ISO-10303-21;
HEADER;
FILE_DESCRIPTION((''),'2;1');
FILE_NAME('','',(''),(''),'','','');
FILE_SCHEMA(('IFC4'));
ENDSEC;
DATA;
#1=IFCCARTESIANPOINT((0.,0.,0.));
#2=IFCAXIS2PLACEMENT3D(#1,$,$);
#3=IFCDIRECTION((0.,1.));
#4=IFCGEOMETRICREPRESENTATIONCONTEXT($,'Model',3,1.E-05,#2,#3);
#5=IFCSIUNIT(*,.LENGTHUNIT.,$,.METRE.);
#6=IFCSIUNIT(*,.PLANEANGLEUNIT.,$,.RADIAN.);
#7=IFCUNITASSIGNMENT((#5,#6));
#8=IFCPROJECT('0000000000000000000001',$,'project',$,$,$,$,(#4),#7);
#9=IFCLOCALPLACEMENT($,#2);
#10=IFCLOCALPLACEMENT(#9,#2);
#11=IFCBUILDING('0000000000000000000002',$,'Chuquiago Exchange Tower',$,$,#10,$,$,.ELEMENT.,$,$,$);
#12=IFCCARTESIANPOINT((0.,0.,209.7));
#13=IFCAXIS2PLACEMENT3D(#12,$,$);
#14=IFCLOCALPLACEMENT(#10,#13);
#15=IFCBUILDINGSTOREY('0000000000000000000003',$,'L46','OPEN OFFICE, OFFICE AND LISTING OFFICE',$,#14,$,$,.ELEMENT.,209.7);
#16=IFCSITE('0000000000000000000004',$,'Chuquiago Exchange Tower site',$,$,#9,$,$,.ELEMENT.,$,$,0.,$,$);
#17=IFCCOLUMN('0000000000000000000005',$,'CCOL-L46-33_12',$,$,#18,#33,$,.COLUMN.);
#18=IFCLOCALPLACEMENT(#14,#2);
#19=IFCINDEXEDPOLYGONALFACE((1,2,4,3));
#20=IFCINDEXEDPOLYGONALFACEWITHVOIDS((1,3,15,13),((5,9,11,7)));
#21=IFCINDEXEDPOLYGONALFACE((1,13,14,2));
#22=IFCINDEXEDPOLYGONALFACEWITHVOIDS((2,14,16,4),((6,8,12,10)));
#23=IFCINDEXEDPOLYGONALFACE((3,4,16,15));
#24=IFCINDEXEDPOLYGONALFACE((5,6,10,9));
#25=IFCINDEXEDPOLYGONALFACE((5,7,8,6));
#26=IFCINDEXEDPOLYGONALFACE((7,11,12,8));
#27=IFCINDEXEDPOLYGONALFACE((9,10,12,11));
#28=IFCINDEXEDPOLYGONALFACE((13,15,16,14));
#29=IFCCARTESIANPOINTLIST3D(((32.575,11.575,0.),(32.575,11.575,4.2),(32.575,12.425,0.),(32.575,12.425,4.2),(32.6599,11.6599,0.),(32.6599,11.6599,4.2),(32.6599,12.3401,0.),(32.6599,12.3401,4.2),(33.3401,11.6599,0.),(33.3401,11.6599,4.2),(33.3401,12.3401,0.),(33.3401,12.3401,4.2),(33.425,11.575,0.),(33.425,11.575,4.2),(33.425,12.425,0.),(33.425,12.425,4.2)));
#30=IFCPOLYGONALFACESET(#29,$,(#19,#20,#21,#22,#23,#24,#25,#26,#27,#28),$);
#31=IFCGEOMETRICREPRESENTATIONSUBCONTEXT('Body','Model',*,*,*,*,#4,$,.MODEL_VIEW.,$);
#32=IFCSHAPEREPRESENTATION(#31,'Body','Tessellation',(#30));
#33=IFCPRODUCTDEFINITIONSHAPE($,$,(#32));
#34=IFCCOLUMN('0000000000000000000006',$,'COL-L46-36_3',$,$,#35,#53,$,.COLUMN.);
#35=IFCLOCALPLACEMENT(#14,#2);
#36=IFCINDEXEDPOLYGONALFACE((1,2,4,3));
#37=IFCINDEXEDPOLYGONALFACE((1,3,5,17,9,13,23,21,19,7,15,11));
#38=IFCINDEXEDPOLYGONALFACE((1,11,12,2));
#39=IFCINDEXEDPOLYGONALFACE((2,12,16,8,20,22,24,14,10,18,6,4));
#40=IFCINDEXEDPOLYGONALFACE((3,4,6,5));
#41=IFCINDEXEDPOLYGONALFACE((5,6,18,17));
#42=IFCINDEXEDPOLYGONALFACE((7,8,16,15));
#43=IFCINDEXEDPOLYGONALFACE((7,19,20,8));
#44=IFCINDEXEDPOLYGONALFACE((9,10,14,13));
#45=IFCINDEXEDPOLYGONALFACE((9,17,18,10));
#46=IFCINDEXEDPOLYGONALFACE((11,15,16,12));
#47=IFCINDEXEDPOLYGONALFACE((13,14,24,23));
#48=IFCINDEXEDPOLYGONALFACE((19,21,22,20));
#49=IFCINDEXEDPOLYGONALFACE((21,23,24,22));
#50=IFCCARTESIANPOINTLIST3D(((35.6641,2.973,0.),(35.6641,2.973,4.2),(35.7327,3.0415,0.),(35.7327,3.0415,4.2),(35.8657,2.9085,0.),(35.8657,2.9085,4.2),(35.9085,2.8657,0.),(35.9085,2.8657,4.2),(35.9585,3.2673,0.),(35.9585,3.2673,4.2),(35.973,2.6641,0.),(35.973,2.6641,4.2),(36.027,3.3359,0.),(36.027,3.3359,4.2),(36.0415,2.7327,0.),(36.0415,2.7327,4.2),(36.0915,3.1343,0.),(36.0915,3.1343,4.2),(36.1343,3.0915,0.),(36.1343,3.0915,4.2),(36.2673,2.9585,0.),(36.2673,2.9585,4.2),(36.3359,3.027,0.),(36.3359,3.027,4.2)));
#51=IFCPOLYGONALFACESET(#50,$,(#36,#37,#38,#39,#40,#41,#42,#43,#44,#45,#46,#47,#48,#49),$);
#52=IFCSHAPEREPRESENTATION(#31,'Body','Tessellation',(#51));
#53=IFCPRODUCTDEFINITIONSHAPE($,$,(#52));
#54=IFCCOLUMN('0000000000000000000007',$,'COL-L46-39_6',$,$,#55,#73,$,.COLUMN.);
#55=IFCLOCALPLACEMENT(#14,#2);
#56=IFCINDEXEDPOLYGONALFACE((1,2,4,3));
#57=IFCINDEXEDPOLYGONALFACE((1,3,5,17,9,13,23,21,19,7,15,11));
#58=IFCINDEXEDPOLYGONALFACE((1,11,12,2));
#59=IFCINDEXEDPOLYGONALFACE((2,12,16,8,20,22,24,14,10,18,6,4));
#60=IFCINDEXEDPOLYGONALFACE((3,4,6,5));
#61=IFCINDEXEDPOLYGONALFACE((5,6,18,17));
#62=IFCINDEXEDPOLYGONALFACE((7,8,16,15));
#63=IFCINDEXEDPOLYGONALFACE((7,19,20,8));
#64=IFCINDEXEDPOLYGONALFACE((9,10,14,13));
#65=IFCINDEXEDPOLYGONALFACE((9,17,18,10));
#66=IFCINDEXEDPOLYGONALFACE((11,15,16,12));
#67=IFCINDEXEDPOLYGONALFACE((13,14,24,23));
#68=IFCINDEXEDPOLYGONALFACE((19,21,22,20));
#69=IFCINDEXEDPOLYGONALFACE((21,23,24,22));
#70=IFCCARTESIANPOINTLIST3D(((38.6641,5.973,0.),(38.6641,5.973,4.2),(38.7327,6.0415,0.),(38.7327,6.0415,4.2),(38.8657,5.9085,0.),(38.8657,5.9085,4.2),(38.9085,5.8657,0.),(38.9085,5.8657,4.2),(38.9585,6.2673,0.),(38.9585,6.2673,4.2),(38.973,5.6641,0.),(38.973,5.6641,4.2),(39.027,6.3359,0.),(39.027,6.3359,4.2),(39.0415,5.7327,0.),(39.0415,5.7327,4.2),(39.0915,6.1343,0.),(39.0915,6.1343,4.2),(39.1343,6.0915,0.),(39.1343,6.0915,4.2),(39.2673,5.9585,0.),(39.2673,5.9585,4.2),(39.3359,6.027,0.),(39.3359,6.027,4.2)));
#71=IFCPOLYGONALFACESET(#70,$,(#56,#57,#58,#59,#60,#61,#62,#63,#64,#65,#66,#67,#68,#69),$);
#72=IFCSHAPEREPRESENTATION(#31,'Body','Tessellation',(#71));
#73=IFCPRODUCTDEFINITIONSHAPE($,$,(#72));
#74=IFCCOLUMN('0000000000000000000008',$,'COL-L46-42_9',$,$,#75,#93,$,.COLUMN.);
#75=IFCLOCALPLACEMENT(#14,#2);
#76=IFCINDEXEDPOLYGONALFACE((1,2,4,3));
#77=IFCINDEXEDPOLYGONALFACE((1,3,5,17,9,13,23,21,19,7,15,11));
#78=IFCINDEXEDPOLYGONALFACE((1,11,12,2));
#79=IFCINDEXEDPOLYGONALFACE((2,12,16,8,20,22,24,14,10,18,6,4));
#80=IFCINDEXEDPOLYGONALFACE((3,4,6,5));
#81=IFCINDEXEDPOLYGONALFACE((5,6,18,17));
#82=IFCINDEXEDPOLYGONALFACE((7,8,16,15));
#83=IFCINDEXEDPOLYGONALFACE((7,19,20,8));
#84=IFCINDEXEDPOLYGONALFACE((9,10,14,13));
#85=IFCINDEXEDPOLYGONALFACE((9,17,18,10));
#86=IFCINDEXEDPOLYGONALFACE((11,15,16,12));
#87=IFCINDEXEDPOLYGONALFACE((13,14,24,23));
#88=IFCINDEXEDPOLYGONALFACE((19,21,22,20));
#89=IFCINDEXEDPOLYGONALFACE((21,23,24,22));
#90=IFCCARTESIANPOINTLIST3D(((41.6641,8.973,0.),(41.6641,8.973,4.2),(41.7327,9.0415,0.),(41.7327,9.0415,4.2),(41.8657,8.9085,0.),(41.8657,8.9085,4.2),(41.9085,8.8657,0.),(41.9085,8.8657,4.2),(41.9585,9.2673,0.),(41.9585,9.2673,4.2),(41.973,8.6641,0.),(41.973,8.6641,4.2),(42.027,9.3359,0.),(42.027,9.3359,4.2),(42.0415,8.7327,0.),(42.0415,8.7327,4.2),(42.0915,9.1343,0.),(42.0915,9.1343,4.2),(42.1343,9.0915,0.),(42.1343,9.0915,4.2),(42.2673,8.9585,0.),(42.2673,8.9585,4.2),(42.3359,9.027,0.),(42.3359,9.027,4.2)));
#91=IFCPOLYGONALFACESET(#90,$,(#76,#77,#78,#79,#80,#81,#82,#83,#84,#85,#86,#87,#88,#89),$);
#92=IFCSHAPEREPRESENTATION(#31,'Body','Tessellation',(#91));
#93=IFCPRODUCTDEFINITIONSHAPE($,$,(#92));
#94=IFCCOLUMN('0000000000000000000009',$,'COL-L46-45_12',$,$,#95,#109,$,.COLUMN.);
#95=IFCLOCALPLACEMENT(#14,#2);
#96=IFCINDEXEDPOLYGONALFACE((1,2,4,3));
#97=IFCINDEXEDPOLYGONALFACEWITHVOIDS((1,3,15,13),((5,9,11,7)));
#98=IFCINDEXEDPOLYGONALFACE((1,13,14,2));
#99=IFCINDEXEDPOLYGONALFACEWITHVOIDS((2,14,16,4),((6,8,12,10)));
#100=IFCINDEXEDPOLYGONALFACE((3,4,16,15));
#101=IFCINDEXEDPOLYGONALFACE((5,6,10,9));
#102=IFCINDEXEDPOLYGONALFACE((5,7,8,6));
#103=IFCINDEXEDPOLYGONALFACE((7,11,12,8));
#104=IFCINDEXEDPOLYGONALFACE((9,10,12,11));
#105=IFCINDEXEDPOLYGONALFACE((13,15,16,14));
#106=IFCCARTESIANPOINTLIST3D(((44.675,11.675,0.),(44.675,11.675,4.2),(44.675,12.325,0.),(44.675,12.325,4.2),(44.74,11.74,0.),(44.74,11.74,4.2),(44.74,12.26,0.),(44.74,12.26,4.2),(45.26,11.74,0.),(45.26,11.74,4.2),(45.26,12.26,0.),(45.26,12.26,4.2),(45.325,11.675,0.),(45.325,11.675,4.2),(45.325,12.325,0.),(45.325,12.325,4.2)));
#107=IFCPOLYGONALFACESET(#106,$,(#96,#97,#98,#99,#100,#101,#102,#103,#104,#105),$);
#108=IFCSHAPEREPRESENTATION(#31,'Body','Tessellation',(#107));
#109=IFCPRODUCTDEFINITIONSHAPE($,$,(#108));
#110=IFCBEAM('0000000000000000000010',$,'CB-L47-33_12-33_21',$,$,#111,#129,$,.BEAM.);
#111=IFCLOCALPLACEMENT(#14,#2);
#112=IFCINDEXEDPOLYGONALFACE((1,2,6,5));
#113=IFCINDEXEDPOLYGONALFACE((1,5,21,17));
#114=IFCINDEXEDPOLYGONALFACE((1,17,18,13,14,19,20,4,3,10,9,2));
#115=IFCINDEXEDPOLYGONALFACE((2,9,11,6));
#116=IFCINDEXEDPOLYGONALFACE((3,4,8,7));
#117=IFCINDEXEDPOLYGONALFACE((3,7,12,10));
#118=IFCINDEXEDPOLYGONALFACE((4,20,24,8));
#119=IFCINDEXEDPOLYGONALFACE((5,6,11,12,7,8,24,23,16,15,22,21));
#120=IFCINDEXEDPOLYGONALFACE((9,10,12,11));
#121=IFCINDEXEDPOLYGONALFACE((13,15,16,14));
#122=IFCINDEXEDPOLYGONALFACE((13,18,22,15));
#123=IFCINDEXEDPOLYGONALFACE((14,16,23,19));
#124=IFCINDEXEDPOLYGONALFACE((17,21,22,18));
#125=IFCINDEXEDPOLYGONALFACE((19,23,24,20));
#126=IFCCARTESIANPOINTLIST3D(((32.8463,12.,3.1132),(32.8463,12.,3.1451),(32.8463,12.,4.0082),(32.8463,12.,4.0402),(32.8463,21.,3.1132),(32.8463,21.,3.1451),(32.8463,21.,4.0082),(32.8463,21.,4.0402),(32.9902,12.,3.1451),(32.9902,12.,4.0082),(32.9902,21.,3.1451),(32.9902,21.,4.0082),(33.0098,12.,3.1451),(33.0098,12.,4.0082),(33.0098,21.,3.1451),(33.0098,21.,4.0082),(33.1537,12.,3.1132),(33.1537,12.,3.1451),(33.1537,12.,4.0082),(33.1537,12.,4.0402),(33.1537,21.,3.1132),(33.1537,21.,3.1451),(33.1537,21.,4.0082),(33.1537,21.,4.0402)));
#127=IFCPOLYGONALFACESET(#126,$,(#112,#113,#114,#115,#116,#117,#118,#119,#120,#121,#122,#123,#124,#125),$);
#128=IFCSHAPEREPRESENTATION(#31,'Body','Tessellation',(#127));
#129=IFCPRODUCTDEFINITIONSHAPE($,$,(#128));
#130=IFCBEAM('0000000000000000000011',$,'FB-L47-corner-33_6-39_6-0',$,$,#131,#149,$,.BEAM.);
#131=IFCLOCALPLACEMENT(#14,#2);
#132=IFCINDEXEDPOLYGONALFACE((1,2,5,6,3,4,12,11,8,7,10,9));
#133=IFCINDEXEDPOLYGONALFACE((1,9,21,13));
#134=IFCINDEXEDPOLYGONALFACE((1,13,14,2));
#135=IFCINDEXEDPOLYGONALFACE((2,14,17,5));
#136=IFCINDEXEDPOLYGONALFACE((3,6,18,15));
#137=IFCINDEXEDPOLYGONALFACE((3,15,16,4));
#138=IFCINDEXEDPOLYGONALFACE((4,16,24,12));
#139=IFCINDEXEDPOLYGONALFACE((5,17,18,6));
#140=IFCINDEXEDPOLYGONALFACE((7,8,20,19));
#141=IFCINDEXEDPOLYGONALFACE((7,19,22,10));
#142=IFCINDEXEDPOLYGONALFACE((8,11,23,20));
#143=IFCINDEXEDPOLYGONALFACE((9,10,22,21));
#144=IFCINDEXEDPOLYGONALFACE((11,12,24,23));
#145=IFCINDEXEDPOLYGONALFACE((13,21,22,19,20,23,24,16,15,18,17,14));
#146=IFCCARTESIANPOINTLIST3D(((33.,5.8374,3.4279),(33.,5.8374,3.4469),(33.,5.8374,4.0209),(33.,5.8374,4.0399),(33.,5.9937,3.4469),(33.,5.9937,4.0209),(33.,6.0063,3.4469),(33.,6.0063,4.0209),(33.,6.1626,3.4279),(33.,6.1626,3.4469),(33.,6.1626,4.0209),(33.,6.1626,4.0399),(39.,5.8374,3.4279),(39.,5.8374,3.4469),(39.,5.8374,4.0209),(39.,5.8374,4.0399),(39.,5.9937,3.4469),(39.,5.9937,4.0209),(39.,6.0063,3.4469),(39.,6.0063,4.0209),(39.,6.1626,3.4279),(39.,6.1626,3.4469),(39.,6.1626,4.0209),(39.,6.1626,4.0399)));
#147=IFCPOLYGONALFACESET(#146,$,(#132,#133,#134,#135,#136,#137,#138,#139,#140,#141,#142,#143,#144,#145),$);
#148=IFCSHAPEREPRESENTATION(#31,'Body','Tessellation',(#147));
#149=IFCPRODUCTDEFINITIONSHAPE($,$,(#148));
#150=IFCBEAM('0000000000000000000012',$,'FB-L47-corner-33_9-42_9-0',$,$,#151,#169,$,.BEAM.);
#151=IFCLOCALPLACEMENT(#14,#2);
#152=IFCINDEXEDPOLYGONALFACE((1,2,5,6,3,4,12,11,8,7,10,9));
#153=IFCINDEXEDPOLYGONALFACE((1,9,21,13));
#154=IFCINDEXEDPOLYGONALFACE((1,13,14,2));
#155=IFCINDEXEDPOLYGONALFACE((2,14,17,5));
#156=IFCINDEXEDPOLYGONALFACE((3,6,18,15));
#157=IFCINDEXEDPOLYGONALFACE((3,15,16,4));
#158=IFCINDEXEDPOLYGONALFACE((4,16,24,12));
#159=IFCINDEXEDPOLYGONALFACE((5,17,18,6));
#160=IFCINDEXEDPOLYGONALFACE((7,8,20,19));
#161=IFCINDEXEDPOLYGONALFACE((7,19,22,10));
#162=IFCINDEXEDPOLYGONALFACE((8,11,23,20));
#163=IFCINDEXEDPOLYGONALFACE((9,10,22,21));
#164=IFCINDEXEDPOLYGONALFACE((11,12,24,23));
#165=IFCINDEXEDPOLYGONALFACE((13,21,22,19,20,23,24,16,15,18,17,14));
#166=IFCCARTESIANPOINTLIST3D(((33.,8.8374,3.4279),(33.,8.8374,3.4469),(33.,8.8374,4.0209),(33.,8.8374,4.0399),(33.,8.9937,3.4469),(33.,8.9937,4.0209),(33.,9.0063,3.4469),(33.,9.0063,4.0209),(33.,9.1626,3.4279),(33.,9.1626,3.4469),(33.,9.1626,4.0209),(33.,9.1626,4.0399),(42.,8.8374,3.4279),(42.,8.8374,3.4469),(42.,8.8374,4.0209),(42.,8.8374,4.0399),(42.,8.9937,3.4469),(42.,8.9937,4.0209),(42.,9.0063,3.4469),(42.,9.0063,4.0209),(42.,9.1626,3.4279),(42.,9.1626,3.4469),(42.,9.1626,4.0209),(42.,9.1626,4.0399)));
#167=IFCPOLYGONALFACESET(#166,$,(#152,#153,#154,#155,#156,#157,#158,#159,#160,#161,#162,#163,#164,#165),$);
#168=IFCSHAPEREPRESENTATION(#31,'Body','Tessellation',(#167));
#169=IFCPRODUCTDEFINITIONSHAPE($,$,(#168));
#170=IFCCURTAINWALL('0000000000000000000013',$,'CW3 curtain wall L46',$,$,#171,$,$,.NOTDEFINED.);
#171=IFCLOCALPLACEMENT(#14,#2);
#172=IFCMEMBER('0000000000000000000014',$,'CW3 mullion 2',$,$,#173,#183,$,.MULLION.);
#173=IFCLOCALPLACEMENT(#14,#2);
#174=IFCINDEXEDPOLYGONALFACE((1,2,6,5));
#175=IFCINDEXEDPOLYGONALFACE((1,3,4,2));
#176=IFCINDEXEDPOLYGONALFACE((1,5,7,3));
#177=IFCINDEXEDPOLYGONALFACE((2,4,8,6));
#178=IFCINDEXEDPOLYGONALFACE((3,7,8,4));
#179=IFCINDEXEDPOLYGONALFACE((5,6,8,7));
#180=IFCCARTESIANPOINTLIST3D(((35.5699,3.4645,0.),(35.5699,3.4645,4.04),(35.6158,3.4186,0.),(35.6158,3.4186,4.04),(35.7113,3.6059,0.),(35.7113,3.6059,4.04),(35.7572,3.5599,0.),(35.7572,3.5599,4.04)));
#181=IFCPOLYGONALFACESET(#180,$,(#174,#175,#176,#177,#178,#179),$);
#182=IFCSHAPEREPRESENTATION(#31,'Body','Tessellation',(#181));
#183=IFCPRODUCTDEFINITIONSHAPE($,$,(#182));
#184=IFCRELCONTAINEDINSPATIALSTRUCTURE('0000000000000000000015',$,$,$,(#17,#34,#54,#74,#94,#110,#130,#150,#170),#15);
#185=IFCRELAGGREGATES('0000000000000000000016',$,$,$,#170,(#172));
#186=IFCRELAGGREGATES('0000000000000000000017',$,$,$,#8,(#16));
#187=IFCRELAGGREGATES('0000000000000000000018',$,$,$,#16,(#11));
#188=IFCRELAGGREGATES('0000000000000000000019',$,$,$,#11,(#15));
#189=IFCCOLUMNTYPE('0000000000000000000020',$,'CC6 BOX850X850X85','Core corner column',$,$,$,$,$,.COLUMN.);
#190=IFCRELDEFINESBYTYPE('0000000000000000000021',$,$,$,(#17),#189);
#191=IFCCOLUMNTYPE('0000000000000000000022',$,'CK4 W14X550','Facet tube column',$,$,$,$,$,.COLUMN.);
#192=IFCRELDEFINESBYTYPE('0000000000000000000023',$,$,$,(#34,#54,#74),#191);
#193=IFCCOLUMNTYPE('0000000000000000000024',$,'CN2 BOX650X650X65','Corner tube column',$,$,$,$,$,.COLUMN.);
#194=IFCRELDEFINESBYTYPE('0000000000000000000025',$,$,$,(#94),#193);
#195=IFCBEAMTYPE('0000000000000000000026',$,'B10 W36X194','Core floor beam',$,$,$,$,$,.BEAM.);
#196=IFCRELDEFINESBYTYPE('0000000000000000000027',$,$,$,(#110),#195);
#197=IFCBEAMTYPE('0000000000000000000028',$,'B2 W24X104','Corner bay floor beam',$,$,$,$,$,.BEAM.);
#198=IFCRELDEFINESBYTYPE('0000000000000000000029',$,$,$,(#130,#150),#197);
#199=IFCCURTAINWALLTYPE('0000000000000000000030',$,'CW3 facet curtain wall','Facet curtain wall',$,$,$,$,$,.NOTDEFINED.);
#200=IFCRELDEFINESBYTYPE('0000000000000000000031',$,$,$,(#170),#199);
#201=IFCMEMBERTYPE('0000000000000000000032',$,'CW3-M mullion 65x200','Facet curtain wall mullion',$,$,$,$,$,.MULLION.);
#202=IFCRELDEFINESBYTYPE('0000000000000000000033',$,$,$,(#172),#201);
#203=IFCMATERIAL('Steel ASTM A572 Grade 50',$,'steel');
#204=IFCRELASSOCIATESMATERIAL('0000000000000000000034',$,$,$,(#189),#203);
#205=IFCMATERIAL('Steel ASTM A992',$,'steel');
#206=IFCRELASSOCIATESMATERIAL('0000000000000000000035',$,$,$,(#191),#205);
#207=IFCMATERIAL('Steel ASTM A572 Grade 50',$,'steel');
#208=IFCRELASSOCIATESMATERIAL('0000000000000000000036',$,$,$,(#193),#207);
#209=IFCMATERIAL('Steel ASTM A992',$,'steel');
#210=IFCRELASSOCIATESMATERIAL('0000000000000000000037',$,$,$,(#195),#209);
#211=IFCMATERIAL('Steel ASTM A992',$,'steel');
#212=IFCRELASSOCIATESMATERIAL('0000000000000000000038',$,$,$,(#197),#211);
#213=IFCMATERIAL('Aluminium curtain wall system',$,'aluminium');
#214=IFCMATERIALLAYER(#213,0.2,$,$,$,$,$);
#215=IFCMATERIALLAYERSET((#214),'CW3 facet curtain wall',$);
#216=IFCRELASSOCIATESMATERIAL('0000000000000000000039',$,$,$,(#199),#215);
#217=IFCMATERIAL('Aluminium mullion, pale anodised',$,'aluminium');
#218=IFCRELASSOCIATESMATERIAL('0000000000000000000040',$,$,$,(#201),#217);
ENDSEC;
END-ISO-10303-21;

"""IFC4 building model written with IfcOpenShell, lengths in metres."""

from ifc_helpers import new_model, si_unit, direction, frame, origin, origin_2d, place, context, subcontext, project, spatial, rectangle, hollow_rectangle, i_section, extrude, material, layer, layer_set, material_profile, profile_set, type_object, element, aggregate, save


model = new_model("IFC4")

# Units and contexts
model_context = context("Model", 3, precision=1e-05, world=origin(), true_north=direction((0.0, 1.0)))
body_context = subcontext(model_context, "Body", "Model", "MODEL_VIEW")
ifc_project = project(units=[si_unit("LENGTHUNIT", "METRE"), si_unit("PLANEANGLEUNIT", "RADIAN")], contexts=[model_context])

# Site, building, storey
site_placement = place(None, origin())
site = spatial("IfcSite", under=ifc_project, at=site_placement, Name="Chuquiago Exchange Tower site", CompositionType="ELEMENT", RefElevation=0.0)
building_placement = place(site_placement, origin())
building = spatial("IfcBuilding", under=site, at=building_placement, Name="Chuquiago Exchange Tower", CompositionType="ELEMENT")
storey_placement = place(building_placement, frame((0.0, 0.0, 209.7)))
storey = spatial("IfcBuildingStorey", under=building, at=storey_placement, Name="L46", Description="OPEN OFFICE, OFFICE AND LISTING OFFICE", CompositionType="ELEMENT", Elevation=209.7)

# Columns
ifc_material_1 = material(Name="Steel ASTM A572 Grade 50", Category="steel")
ifc_material_profile_1 = material_profile(ifc_material_1, hollow_rectangle(XDim=0.8501, YDim=0.8501, WallThickness=0.085, at=origin_2d()), Name="BOX850X850X85")
ifc_profile_set_1 = profile_set([ifc_material_profile_1], Name="Steel ASTM A572 Grade 50")
column_type_1 = type_object("IfcColumnType", Name="CC6 BOX850X850X85", Description="Core corner column", PredefinedType="COLUMN", material=ifc_profile_set_1)
column_1_placement = place(storey_placement, frame((33.0, 12.0, 0.0), z_axis=(0.0, 0.0, 1.0), x_axis=(1.0, 0.0, 0.0)))
element("IfcColumn", 1, at=column_1_placement, inside=storey, type_object=column_type_1, Name="CCOL-L46-33_12", PredefinedType="COLUMN", context=body_context, shape_type="SweptSolid", body=[
    extrude(hollow_rectangle(XDim=0.8501, YDim=0.8501, WallThickness=0.085, at=origin_2d()), origin(), (0.0, 0.0, 1.0), 4.2),
])
ifc_material_2 = material(Name="Steel ASTM A992", Category="steel")
ifc_material_profile_2 = material_profile(ifc_material_2, i_section(OverallWidth=0.4368, OverallDepth=0.5132, WebThickness=0.0605, FlangeThickness=0.0969, at=origin_2d()), Name="W14X550")
ifc_profile_set_2 = profile_set([ifc_material_profile_2], Name="Steel ASTM A992")
column_type_2 = type_object("IfcColumnType", Name="CK4 W14X550", Description="Facet tube column", PredefinedType="COLUMN", material=ifc_profile_set_2)
for number, where, z_axis, x_axis, name in (
    (2, (36.0, 3.0, 0.0), (0.0, 0.0, 1.0), (0.707107, -0.707107, 0.0), "COL-L46-36_3"),
    (3, (39.0, 6.0, 0.0), (0.0, 0.0, 1.0), (0.707107, -0.707107, 0.0), "COL-L46-39_6"),
    (4, (42.0, 9.0, 0.0), (0.0, 0.0, 1.0), (0.707107, -0.707107, 0.0), "COL-L46-42_9"),
):
    element("IfcColumn", number, at=place(storey_placement, frame(where, z_axis=z_axis, x_axis=x_axis)), inside=storey, type_object=column_type_2, Name=name, PredefinedType="COLUMN", context=body_context, shape_type="SweptSolid", body=[
        extrude(i_section(OverallWidth=0.4368, OverallDepth=0.5132, WebThickness=0.0605, FlangeThickness=0.0969, at=origin_2d()), origin(), (0.0, 0.0, 1.0), 4.2),
    ])
ifc_material_3 = material(Name="Steel ASTM A572 Grade 50", Category="steel")
ifc_material_profile_3 = material_profile(ifc_material_3, hollow_rectangle(XDim=0.6499, YDim=0.6499, WallThickness=0.0649, at=origin_2d()), Name="BOX650X650X65")
ifc_profile_set_3 = profile_set([ifc_material_profile_3], Name="Steel ASTM A572 Grade 50")
column_type_3 = type_object("IfcColumnType", Name="CN2 BOX650X650X65", Description="Corner tube column", PredefinedType="COLUMN", material=ifc_profile_set_3)
column_2_placement = place(storey_placement, frame((45.0, 12.0, 0.0), z_axis=(0.0, 0.0, 1.0), x_axis=(1.0, 0.0, 0.0)))
element("IfcColumn", 5, at=column_2_placement, inside=storey, type_object=column_type_3, Name="COL-L46-45_12", PredefinedType="COLUMN", context=body_context, shape_type="SweptSolid", body=[
    extrude(hollow_rectangle(XDim=0.6499, YDim=0.6499, WallThickness=0.0649, at=origin_2d()), origin(), (0.0, 0.0, 1.0), 4.2),
])

# Beams
ifc_material_4 = material(Name="Steel ASTM A992", Category="steel")
ifc_material_profile_4 = material_profile(ifc_material_4, i_section(OverallWidth=0.3074, OverallDepth=0.927, WebThickness=0.0195, FlangeThickness=0.032, at=origin_2d()), Name="W36X194")
ifc_profile_set_4 = profile_set([ifc_material_profile_4], Name="Steel ASTM A992")
beam_type_1 = type_object("IfcBeamType", Name="B10 W36X194", Description="Core floor beam", PredefinedType="BEAM", material=ifc_profile_set_4)
beam_1_placement = place(storey_placement, frame((33.0, 12.0, 3.5767), z_axis=(0.0, 1.0, 0.0), x_axis=(-1.0, 0.0, 0.0)))
element("IfcBeam", 6, at=beam_1_placement, inside=storey, type_object=beam_type_1, Name="CB-L47-33_12-33_21", PredefinedType="BEAM", context=body_context, shape_type="SweptSolid", body=[
    extrude(i_section(OverallWidth=0.3074, OverallDepth=0.927, WebThickness=0.0195, FlangeThickness=0.032, at=origin_2d()), origin(), (0.0, 0.0, 1.0), 9.0),
])
ifc_material_5 = material(Name="Steel ASTM A992", Category="steel")
ifc_material_profile_5 = material_profile(ifc_material_5, i_section(OverallWidth=0.3252, OverallDepth=0.6121, WebThickness=0.0127, FlangeThickness=0.019, at=origin_2d()), Name="W24X104")
ifc_profile_set_5 = profile_set([ifc_material_profile_5], Name="Steel ASTM A992")
beam_type_2 = type_object("IfcBeamType", Name="B2 W24X104", Description="Corner bay floor beam", PredefinedType="BEAM", material=ifc_profile_set_5)
beam_2_placement = place(storey_placement, frame((33.0, 6.0, 3.7339), z_axis=(1.0, 0.0, 0.0), x_axis=(0.0, 1.0, 0.0)))
element("IfcBeam", 7, at=beam_2_placement, inside=storey, type_object=beam_type_2, Name="FB-L47-corner-33_6-39_6-0", PredefinedType="BEAM", context=body_context, shape_type="SweptSolid", body=[
    extrude(i_section(OverallWidth=0.3252, OverallDepth=0.6121, WebThickness=0.0127, FlangeThickness=0.019, at=origin_2d()), origin(), (0.0, 0.0, 1.0), 6.0),
])
beam_3_placement = place(storey_placement, frame((33.0, 9.0, 3.7339), z_axis=(1.0, 0.0, 0.0), x_axis=(0.0, 1.0, 0.0)))
element("IfcBeam", 8, at=beam_3_placement, inside=storey, type_object=beam_type_2, Name="FB-L47-corner-33_9-42_9-0", PredefinedType="BEAM", context=body_context, shape_type="SweptSolid", body=[
    extrude(i_section(OverallWidth=0.3252, OverallDepth=0.6121, WebThickness=0.0127, FlangeThickness=0.019, at=origin_2d()), origin(), (0.0, 0.0, 1.0), 9.0),
])

# Curtain wall, member
ifc_material_6 = material(Name="Aluminium curtain wall system", Category="aluminium")
ifc_layer_1 = layer(ifc_material_6, 0.2)
ifc_layer_set_1 = layer_set([ifc_layer_1], Name="CW3 facet curtain wall")
curtain_wall_type = type_object("IfcCurtainWallType", Name="CW3 facet curtain wall", Description="Facet curtain wall", PredefinedType="NOTDEFINED", material=ifc_layer_set_1)
curtain_wall_placement = place(storey_placement, origin())
curtain_wall = element("IfcCurtainWall", 9, at=curtain_wall_placement, inside=storey, type_object=curtain_wall_type, Name="CW3 curtain wall L46", PredefinedType="NOTDEFINED")
ifc_material_7 = material(Name="Aluminium mullion, pale anodised", Category="aluminium")
ifc_material_profile_6 = material_profile(ifc_material_7, rectangle(XDim=0.0649, YDim=0.2, at=origin_2d()), Name="AL 65x200")
ifc_profile_set_6 = profile_set([ifc_material_profile_6], Name="Aluminium mullion, pale anodised")
member_type_1 = type_object("IfcMemberType", Name="CW3-M mullion 65x200", Description="Facet curtain wall mullion", PredefinedType="MULLION", material=ifc_profile_set_6)
member_1_placement = place(storey_placement, frame((35.6636, 3.5122, 0.0), z_axis=(0.0, 0.0, 1.0), x_axis=(-0.707107, 0.707107, 0.0)))
member_1 = element("IfcMember", 10, at=member_1_placement, type_object=member_type_1, Name="CW3 mullion 2", PredefinedType="MULLION", context=body_context, shape_type="SweptSolid", body=[
    extrude(rectangle(XDim=0.0649, YDim=0.2, at=origin_2d()), origin(), (0.0, 0.0, 1.0), 4.04),
])

aggregate(curtain_wall, [member_1])

save(model, "model.ifc")
